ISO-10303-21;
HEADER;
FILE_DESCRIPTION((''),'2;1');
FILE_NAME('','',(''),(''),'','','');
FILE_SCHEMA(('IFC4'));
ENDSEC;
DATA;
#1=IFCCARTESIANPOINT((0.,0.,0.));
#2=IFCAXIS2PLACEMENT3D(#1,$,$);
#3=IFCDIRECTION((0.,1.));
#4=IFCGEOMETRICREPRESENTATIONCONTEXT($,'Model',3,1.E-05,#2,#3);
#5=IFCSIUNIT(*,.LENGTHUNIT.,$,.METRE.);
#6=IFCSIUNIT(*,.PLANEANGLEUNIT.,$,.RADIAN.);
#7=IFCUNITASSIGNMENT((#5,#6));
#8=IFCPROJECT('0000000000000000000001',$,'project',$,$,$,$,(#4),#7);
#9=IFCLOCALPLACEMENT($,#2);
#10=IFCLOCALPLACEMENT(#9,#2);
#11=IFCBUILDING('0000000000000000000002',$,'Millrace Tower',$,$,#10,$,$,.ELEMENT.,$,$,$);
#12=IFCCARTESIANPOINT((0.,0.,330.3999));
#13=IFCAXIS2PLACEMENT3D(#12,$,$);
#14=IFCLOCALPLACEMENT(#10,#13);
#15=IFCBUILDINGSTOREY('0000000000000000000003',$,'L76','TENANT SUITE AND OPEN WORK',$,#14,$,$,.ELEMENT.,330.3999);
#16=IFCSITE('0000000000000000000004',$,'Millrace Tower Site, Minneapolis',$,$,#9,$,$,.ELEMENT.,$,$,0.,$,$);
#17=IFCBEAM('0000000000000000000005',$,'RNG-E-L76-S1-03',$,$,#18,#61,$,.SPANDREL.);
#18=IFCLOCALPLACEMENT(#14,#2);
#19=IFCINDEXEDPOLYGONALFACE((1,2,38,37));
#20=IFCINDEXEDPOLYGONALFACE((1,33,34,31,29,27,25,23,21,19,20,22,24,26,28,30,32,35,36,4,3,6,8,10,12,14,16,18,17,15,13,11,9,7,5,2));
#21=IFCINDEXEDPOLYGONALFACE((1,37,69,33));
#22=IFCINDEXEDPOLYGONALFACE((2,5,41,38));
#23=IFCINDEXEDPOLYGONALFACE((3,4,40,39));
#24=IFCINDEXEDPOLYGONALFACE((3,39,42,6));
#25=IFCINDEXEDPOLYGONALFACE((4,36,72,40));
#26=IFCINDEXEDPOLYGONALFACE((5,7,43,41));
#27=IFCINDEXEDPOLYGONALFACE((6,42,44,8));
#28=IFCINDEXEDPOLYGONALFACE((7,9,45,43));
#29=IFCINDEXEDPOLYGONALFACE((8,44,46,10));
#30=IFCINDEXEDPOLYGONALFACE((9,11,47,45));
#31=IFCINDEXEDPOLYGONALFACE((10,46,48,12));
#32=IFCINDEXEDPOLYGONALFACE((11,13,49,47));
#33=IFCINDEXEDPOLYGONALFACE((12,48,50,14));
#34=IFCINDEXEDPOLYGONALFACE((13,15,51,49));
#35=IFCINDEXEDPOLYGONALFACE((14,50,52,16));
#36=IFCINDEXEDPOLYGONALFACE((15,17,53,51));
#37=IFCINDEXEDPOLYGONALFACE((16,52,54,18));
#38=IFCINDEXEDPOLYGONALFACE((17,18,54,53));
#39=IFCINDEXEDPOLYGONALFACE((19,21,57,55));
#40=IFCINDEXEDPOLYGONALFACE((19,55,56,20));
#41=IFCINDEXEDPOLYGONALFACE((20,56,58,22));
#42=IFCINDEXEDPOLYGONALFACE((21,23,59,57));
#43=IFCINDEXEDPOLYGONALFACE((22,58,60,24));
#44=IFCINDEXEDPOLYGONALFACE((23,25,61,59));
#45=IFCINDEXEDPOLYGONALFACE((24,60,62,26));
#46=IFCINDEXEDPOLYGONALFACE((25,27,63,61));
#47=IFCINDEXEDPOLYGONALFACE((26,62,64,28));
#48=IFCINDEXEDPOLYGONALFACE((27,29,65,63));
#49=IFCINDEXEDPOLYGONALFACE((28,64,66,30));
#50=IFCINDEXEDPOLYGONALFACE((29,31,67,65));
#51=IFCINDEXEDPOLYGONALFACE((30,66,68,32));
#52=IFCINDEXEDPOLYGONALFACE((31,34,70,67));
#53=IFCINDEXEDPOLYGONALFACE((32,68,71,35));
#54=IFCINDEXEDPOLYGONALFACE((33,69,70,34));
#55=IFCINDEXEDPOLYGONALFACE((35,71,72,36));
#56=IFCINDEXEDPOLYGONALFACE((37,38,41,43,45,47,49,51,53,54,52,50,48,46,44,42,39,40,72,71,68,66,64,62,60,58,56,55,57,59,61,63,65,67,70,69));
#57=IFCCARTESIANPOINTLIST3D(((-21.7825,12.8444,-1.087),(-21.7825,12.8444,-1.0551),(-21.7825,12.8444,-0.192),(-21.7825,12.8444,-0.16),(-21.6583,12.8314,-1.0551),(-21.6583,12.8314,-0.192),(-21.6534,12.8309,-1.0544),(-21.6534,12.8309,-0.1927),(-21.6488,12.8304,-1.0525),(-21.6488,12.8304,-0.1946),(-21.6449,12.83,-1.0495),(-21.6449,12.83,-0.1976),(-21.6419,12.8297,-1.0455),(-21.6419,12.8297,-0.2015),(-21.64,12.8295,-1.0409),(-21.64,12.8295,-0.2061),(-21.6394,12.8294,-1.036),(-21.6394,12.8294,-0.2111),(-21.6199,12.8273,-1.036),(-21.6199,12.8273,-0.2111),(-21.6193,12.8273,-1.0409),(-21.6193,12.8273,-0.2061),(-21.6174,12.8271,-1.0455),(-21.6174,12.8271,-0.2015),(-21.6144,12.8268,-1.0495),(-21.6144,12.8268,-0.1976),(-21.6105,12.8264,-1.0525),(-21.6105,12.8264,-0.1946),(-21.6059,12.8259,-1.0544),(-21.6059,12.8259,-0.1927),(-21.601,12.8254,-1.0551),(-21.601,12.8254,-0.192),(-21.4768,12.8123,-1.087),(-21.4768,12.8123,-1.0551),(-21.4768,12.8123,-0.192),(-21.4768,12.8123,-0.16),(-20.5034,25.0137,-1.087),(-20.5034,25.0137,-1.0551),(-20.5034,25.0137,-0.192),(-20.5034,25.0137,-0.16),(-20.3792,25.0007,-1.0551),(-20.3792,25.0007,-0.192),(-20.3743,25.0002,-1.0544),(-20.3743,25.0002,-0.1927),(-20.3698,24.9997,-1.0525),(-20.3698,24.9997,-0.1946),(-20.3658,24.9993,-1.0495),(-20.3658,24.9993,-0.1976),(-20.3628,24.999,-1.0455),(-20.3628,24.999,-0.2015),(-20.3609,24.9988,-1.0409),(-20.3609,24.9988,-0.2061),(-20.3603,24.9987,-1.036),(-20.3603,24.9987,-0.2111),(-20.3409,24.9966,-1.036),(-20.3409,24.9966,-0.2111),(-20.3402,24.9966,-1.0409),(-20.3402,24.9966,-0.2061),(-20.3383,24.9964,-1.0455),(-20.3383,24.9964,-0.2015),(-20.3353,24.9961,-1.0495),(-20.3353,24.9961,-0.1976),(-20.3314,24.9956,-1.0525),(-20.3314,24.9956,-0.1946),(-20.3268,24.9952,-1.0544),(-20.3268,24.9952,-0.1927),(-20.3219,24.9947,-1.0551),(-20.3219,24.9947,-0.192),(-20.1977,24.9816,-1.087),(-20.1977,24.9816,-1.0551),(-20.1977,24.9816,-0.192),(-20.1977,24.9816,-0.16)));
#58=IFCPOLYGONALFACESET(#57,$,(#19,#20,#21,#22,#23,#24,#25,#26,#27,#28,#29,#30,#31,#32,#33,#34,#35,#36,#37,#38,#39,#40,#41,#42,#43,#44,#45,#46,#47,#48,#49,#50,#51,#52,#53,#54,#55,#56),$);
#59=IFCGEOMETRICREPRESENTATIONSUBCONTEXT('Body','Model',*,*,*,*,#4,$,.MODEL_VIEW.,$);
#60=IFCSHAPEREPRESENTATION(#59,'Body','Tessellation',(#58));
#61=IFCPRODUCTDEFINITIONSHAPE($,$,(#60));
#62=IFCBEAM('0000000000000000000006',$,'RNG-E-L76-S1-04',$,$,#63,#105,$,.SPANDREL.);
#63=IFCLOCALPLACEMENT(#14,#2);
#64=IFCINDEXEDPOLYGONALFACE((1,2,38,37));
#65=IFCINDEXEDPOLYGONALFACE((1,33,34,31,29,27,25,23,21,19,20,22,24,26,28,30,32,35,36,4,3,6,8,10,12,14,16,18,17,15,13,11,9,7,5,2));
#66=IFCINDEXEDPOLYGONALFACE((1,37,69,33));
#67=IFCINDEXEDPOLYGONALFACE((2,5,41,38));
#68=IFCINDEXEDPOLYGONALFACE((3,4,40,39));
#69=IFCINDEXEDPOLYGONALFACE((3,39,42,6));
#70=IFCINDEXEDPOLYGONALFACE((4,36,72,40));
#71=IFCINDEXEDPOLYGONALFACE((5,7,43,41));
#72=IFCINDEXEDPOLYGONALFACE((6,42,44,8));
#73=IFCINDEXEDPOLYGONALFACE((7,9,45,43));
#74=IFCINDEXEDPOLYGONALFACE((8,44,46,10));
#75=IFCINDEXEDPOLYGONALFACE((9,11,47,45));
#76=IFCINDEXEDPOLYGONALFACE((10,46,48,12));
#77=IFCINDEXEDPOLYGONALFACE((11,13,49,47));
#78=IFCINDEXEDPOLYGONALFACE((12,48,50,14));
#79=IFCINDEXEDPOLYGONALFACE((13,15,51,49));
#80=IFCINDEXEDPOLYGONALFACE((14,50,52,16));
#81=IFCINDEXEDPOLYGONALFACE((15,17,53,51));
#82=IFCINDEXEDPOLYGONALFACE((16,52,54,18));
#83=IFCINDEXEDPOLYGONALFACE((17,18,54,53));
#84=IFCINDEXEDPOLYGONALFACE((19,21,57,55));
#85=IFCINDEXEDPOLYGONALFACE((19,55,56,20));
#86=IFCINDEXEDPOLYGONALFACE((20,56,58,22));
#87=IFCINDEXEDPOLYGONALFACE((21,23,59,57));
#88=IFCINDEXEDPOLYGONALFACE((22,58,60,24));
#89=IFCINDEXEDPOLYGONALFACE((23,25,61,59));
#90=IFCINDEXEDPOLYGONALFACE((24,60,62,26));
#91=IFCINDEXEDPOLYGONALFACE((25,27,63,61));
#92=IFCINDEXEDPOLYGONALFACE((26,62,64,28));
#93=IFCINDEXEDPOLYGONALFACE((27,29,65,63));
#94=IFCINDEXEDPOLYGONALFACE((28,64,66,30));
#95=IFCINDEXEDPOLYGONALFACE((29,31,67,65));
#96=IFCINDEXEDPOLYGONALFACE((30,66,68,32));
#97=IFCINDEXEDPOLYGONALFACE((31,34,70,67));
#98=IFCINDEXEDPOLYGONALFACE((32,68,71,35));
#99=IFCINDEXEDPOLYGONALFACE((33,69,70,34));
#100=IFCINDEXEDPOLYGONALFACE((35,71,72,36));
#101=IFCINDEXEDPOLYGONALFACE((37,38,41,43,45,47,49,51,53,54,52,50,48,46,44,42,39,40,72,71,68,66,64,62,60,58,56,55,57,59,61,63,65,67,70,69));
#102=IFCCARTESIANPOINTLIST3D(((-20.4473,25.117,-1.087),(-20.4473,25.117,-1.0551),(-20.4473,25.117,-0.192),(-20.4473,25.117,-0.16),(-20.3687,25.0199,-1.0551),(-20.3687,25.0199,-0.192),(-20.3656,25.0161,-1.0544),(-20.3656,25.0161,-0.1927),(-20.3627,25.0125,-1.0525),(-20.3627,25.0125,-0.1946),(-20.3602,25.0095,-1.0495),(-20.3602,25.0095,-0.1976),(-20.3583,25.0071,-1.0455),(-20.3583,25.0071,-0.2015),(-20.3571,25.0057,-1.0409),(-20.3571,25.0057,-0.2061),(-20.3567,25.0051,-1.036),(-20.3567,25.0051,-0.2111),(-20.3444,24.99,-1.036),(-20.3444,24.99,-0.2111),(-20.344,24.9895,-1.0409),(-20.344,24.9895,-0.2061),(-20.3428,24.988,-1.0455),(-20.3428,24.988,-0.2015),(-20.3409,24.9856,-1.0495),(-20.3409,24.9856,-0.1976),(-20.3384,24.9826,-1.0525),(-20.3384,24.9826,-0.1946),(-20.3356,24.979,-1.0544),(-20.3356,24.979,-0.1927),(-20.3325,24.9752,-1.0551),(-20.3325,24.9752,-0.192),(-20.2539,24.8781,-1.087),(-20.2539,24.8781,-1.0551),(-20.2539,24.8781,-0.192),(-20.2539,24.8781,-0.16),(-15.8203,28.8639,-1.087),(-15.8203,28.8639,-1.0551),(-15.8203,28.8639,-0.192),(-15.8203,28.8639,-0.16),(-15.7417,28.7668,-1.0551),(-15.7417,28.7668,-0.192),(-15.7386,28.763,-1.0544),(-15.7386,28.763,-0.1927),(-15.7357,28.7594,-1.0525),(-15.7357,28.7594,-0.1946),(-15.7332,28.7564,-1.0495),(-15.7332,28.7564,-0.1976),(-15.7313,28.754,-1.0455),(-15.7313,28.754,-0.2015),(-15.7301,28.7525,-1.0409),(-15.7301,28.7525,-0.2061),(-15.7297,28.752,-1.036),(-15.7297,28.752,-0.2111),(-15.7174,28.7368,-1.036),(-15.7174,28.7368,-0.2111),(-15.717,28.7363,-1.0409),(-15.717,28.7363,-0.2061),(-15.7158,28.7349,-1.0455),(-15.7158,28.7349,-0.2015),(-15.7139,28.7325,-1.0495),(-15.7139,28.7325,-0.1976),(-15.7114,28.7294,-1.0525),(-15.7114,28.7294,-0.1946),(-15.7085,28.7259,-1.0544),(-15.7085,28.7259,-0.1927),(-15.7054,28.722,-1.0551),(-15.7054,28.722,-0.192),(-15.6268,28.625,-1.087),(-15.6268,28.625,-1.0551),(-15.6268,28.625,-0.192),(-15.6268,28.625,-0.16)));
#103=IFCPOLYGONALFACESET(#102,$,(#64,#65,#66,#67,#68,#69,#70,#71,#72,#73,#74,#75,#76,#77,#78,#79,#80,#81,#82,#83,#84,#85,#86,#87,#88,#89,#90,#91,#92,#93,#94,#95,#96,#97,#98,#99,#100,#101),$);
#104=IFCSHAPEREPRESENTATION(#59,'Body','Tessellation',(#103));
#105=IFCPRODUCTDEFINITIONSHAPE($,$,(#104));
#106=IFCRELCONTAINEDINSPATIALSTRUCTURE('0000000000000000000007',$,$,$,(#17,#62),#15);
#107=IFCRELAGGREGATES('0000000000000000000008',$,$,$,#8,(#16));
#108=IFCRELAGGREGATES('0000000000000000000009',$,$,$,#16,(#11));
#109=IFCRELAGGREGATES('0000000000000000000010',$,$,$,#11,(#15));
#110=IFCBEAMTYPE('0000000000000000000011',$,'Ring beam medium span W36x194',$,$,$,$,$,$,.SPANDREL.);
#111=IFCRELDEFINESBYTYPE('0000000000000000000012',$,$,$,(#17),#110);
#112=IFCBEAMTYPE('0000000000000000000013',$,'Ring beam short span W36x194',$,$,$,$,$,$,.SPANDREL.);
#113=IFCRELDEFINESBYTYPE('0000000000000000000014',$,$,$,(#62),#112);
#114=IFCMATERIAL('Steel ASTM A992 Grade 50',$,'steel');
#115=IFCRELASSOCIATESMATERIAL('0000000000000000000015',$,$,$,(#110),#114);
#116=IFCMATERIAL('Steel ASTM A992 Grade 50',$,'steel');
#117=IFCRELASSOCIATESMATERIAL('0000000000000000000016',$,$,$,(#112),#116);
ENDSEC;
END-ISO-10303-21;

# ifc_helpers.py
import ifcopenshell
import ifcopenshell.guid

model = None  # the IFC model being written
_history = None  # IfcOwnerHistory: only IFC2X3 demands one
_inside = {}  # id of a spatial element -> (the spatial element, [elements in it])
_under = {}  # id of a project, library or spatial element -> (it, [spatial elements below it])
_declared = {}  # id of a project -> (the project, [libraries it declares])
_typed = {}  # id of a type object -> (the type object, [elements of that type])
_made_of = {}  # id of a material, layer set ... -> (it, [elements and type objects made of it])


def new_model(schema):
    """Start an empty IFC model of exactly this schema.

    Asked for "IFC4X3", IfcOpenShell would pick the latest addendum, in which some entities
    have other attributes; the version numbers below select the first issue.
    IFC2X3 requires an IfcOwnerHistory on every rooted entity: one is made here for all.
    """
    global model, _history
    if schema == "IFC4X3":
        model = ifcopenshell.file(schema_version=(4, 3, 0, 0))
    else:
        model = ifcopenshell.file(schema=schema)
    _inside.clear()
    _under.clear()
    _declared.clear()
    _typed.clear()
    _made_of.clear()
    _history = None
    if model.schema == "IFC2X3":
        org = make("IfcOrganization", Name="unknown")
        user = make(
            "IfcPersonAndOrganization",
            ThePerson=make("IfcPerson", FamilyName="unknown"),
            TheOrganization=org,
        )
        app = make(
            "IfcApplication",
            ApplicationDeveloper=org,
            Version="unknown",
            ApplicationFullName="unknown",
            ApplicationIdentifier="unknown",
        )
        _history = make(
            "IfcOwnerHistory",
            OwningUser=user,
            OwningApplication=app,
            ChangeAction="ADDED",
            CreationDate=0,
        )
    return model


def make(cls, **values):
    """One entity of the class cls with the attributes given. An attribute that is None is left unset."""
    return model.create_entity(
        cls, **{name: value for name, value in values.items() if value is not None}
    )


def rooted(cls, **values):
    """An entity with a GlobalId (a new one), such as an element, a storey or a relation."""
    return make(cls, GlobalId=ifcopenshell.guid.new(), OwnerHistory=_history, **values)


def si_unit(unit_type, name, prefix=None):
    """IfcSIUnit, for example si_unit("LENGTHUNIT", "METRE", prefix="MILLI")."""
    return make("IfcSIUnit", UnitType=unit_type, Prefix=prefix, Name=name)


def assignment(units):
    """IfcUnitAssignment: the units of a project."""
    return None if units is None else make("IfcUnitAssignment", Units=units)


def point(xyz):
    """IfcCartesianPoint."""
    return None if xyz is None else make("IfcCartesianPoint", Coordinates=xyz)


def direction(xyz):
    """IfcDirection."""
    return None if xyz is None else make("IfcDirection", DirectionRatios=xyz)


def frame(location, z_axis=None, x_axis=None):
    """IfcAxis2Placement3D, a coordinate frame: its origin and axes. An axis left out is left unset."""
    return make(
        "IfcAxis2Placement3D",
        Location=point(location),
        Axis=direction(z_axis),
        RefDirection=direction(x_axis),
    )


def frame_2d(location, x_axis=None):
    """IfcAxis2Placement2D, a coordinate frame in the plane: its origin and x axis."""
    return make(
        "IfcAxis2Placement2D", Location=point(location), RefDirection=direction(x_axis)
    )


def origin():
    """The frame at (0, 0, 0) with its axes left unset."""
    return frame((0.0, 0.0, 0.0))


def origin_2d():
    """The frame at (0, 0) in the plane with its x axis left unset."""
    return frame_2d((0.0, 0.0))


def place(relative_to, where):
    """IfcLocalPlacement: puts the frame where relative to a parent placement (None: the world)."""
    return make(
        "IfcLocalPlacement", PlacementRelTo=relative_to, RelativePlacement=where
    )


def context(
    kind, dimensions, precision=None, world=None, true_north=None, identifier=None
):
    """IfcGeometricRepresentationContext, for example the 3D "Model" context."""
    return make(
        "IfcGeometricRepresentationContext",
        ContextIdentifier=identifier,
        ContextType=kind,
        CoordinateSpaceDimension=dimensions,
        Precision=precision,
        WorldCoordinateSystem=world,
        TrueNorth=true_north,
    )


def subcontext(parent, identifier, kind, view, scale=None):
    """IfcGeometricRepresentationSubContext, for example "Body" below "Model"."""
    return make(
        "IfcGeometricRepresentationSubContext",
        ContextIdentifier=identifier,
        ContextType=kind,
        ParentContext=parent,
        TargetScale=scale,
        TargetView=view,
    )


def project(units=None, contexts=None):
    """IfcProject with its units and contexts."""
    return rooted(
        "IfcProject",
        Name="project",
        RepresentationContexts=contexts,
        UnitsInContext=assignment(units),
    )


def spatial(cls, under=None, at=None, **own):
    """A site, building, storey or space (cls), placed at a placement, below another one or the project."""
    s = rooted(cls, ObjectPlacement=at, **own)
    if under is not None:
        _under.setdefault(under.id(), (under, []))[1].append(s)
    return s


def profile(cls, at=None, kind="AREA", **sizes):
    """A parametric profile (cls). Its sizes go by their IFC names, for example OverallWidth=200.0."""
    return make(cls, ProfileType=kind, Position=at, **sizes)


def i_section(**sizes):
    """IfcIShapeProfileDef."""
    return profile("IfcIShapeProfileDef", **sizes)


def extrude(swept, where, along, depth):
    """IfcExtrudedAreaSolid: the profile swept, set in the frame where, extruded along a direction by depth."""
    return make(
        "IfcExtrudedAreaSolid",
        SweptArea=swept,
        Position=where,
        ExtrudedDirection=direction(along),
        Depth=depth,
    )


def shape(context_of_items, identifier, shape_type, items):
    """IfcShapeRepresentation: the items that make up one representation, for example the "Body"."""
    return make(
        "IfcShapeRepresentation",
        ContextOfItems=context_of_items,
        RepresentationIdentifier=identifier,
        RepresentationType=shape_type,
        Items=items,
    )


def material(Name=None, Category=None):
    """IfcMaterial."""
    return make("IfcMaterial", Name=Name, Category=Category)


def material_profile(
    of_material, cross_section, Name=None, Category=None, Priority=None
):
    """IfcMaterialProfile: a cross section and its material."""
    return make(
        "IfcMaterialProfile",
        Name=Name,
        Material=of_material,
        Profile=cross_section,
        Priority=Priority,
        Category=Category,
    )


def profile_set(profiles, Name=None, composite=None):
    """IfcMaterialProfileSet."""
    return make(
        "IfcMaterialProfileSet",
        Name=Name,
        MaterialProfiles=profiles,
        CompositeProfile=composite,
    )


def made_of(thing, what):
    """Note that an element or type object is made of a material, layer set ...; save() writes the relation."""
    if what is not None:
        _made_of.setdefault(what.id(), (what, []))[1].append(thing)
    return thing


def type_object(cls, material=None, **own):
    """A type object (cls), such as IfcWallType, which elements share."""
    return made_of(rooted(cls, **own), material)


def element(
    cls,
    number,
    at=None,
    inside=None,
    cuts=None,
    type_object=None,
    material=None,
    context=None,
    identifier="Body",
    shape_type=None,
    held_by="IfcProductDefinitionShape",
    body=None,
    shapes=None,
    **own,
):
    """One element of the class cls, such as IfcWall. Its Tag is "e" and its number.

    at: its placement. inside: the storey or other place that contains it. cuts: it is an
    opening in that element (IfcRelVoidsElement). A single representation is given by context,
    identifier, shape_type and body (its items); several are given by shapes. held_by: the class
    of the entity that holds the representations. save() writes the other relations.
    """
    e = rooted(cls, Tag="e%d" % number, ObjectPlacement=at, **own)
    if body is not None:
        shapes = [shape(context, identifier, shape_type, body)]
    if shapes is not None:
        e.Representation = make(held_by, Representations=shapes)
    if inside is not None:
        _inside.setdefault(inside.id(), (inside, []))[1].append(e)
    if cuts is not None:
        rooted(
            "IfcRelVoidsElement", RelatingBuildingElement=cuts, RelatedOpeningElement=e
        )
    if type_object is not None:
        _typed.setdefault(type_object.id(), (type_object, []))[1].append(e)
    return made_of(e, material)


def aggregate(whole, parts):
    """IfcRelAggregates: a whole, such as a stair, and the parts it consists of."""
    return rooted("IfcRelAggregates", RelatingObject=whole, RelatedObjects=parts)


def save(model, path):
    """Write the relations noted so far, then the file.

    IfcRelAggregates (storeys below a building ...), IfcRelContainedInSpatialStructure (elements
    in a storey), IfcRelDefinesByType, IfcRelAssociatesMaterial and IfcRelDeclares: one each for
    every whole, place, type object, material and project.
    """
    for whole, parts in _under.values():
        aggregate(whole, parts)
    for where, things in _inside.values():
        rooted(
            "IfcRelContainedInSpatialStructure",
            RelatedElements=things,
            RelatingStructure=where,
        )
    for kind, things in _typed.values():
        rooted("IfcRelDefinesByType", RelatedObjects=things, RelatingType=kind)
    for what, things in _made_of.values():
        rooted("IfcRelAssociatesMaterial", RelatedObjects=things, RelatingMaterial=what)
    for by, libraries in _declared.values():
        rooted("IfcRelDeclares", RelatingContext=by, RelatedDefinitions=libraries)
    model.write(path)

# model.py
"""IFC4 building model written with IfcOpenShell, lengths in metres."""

from ifc_helpers import new_model, si_unit, direction, frame, origin, origin_2d, place, context, subcontext, project, spatial, i_section, extrude, material, material_profile, profile_set, type_object, element, save


model = new_model("IFC4")

# Units and contexts
model_context = context("Model", 3, precision=1e-05, world=origin(), true_north=direction((0.0, 1.0)))
body_context = subcontext(model_context, "Body", "Model", "MODEL_VIEW")
ifc_project = project(units=[si_unit("LENGTHUNIT", "METRE"), si_unit("PLANEANGLEUNIT", "RADIAN")], contexts=[model_context])

# Site, building, storey
site_placement = place(None, origin())
site = spatial("IfcSite", under=ifc_project, at=site_placement, Name="Millrace Tower Site, Minneapolis", CompositionType="ELEMENT", RefElevation=0.0)
building_placement = place(site_placement, origin())
building = spatial("IfcBuilding", under=site, at=building_placement, Name="Millrace Tower", CompositionType="ELEMENT")
storey_placement = place(building_placement, frame((0.0, 0.0, 330.3999)))
storey = spatial("IfcBuildingStorey", under=building, at=storey_placement, Name="L76", Description="TENANT SUITE AND OPEN WORK", CompositionType="ELEMENT", Elevation=330.3999)

# Beams
ifc_material_1 = material(Name="Steel ASTM A992 Grade 50", Category="steel")
ifc_material_profile_1 = material_profile(ifc_material_1, i_section(OverallWidth=0.3074, OverallDepth=0.927, WebThickness=0.0195, FlangeThickness=0.032, FilletRadius=0.019, at=origin_2d()))
ifc_profile_set_1 = profile_set([ifc_material_profile_1], Name="Steel ASTM A992 Grade 50")
beam_type_1 = type_object("IfcBeamType", Name="Ring beam medium span W36x194", PredefinedType="SPANDREL", material=ifc_profile_set_1)
beam_1_placement = place(storey_placement, frame((-21.6296, 12.8284, -0.6235), z_axis=(0.10453, 0.994522, 0.0), x_axis=(-0.994522, 0.10453, 0.0)))
element("IfcBeam", 1, at=beam_1_placement, inside=storey, type_object=beam_type_1, Name="RNG-E-L76-S1-03", PredefinedType="SPANDREL", context=body_context, shape_type="SweptSolid", body=[
    extrude(i_section(OverallWidth=0.3074, OverallDepth=0.927, WebThickness=0.0195, FlangeThickness=0.032, FilletRadius=0.019, at=origin_2d()), origin(), (0.0, 0.0, 1.0), 12.2363),
])
ifc_material_2 = material(Name="Steel ASTM A992 Grade 50", Category="steel")
ifc_material_profile_2 = material_profile(ifc_material_2, i_section(OverallWidth=0.3074, OverallDepth=0.927, WebThickness=0.0195, FlangeThickness=0.032, FilletRadius=0.019, at=origin_2d()))
ifc_profile_set_2 = profile_set([ifc_material_profile_2], Name="Steel ASTM A992 Grade 50")
beam_type_2 = type_object("IfcBeamType", Name="Ring beam short span W36x194", PredefinedType="SPANDREL", material=ifc_profile_set_2)
beam_2_placement = place(storey_placement, frame((-20.3506, 24.9976, -0.6235), z_axis=(0.777147, 0.62932, 0.0), x_axis=(-0.62932, 0.777147, 0.0)))
element("IfcBeam", 2, at=beam_2_placement, inside=storey, type_object=beam_type_2, Name="RNG-E-L76-S1-04", PredefinedType="SPANDREL", context=body_context, shape_type="SweptSolid", body=[
    extrude(i_section(OverallWidth=0.3074, OverallDepth=0.927, WebThickness=0.0195, FlangeThickness=0.032, FilletRadius=0.019, at=origin_2d()), origin(), (0.0, 0.0, 1.0), 5.9539),
])

save(model, "model.ifc")
